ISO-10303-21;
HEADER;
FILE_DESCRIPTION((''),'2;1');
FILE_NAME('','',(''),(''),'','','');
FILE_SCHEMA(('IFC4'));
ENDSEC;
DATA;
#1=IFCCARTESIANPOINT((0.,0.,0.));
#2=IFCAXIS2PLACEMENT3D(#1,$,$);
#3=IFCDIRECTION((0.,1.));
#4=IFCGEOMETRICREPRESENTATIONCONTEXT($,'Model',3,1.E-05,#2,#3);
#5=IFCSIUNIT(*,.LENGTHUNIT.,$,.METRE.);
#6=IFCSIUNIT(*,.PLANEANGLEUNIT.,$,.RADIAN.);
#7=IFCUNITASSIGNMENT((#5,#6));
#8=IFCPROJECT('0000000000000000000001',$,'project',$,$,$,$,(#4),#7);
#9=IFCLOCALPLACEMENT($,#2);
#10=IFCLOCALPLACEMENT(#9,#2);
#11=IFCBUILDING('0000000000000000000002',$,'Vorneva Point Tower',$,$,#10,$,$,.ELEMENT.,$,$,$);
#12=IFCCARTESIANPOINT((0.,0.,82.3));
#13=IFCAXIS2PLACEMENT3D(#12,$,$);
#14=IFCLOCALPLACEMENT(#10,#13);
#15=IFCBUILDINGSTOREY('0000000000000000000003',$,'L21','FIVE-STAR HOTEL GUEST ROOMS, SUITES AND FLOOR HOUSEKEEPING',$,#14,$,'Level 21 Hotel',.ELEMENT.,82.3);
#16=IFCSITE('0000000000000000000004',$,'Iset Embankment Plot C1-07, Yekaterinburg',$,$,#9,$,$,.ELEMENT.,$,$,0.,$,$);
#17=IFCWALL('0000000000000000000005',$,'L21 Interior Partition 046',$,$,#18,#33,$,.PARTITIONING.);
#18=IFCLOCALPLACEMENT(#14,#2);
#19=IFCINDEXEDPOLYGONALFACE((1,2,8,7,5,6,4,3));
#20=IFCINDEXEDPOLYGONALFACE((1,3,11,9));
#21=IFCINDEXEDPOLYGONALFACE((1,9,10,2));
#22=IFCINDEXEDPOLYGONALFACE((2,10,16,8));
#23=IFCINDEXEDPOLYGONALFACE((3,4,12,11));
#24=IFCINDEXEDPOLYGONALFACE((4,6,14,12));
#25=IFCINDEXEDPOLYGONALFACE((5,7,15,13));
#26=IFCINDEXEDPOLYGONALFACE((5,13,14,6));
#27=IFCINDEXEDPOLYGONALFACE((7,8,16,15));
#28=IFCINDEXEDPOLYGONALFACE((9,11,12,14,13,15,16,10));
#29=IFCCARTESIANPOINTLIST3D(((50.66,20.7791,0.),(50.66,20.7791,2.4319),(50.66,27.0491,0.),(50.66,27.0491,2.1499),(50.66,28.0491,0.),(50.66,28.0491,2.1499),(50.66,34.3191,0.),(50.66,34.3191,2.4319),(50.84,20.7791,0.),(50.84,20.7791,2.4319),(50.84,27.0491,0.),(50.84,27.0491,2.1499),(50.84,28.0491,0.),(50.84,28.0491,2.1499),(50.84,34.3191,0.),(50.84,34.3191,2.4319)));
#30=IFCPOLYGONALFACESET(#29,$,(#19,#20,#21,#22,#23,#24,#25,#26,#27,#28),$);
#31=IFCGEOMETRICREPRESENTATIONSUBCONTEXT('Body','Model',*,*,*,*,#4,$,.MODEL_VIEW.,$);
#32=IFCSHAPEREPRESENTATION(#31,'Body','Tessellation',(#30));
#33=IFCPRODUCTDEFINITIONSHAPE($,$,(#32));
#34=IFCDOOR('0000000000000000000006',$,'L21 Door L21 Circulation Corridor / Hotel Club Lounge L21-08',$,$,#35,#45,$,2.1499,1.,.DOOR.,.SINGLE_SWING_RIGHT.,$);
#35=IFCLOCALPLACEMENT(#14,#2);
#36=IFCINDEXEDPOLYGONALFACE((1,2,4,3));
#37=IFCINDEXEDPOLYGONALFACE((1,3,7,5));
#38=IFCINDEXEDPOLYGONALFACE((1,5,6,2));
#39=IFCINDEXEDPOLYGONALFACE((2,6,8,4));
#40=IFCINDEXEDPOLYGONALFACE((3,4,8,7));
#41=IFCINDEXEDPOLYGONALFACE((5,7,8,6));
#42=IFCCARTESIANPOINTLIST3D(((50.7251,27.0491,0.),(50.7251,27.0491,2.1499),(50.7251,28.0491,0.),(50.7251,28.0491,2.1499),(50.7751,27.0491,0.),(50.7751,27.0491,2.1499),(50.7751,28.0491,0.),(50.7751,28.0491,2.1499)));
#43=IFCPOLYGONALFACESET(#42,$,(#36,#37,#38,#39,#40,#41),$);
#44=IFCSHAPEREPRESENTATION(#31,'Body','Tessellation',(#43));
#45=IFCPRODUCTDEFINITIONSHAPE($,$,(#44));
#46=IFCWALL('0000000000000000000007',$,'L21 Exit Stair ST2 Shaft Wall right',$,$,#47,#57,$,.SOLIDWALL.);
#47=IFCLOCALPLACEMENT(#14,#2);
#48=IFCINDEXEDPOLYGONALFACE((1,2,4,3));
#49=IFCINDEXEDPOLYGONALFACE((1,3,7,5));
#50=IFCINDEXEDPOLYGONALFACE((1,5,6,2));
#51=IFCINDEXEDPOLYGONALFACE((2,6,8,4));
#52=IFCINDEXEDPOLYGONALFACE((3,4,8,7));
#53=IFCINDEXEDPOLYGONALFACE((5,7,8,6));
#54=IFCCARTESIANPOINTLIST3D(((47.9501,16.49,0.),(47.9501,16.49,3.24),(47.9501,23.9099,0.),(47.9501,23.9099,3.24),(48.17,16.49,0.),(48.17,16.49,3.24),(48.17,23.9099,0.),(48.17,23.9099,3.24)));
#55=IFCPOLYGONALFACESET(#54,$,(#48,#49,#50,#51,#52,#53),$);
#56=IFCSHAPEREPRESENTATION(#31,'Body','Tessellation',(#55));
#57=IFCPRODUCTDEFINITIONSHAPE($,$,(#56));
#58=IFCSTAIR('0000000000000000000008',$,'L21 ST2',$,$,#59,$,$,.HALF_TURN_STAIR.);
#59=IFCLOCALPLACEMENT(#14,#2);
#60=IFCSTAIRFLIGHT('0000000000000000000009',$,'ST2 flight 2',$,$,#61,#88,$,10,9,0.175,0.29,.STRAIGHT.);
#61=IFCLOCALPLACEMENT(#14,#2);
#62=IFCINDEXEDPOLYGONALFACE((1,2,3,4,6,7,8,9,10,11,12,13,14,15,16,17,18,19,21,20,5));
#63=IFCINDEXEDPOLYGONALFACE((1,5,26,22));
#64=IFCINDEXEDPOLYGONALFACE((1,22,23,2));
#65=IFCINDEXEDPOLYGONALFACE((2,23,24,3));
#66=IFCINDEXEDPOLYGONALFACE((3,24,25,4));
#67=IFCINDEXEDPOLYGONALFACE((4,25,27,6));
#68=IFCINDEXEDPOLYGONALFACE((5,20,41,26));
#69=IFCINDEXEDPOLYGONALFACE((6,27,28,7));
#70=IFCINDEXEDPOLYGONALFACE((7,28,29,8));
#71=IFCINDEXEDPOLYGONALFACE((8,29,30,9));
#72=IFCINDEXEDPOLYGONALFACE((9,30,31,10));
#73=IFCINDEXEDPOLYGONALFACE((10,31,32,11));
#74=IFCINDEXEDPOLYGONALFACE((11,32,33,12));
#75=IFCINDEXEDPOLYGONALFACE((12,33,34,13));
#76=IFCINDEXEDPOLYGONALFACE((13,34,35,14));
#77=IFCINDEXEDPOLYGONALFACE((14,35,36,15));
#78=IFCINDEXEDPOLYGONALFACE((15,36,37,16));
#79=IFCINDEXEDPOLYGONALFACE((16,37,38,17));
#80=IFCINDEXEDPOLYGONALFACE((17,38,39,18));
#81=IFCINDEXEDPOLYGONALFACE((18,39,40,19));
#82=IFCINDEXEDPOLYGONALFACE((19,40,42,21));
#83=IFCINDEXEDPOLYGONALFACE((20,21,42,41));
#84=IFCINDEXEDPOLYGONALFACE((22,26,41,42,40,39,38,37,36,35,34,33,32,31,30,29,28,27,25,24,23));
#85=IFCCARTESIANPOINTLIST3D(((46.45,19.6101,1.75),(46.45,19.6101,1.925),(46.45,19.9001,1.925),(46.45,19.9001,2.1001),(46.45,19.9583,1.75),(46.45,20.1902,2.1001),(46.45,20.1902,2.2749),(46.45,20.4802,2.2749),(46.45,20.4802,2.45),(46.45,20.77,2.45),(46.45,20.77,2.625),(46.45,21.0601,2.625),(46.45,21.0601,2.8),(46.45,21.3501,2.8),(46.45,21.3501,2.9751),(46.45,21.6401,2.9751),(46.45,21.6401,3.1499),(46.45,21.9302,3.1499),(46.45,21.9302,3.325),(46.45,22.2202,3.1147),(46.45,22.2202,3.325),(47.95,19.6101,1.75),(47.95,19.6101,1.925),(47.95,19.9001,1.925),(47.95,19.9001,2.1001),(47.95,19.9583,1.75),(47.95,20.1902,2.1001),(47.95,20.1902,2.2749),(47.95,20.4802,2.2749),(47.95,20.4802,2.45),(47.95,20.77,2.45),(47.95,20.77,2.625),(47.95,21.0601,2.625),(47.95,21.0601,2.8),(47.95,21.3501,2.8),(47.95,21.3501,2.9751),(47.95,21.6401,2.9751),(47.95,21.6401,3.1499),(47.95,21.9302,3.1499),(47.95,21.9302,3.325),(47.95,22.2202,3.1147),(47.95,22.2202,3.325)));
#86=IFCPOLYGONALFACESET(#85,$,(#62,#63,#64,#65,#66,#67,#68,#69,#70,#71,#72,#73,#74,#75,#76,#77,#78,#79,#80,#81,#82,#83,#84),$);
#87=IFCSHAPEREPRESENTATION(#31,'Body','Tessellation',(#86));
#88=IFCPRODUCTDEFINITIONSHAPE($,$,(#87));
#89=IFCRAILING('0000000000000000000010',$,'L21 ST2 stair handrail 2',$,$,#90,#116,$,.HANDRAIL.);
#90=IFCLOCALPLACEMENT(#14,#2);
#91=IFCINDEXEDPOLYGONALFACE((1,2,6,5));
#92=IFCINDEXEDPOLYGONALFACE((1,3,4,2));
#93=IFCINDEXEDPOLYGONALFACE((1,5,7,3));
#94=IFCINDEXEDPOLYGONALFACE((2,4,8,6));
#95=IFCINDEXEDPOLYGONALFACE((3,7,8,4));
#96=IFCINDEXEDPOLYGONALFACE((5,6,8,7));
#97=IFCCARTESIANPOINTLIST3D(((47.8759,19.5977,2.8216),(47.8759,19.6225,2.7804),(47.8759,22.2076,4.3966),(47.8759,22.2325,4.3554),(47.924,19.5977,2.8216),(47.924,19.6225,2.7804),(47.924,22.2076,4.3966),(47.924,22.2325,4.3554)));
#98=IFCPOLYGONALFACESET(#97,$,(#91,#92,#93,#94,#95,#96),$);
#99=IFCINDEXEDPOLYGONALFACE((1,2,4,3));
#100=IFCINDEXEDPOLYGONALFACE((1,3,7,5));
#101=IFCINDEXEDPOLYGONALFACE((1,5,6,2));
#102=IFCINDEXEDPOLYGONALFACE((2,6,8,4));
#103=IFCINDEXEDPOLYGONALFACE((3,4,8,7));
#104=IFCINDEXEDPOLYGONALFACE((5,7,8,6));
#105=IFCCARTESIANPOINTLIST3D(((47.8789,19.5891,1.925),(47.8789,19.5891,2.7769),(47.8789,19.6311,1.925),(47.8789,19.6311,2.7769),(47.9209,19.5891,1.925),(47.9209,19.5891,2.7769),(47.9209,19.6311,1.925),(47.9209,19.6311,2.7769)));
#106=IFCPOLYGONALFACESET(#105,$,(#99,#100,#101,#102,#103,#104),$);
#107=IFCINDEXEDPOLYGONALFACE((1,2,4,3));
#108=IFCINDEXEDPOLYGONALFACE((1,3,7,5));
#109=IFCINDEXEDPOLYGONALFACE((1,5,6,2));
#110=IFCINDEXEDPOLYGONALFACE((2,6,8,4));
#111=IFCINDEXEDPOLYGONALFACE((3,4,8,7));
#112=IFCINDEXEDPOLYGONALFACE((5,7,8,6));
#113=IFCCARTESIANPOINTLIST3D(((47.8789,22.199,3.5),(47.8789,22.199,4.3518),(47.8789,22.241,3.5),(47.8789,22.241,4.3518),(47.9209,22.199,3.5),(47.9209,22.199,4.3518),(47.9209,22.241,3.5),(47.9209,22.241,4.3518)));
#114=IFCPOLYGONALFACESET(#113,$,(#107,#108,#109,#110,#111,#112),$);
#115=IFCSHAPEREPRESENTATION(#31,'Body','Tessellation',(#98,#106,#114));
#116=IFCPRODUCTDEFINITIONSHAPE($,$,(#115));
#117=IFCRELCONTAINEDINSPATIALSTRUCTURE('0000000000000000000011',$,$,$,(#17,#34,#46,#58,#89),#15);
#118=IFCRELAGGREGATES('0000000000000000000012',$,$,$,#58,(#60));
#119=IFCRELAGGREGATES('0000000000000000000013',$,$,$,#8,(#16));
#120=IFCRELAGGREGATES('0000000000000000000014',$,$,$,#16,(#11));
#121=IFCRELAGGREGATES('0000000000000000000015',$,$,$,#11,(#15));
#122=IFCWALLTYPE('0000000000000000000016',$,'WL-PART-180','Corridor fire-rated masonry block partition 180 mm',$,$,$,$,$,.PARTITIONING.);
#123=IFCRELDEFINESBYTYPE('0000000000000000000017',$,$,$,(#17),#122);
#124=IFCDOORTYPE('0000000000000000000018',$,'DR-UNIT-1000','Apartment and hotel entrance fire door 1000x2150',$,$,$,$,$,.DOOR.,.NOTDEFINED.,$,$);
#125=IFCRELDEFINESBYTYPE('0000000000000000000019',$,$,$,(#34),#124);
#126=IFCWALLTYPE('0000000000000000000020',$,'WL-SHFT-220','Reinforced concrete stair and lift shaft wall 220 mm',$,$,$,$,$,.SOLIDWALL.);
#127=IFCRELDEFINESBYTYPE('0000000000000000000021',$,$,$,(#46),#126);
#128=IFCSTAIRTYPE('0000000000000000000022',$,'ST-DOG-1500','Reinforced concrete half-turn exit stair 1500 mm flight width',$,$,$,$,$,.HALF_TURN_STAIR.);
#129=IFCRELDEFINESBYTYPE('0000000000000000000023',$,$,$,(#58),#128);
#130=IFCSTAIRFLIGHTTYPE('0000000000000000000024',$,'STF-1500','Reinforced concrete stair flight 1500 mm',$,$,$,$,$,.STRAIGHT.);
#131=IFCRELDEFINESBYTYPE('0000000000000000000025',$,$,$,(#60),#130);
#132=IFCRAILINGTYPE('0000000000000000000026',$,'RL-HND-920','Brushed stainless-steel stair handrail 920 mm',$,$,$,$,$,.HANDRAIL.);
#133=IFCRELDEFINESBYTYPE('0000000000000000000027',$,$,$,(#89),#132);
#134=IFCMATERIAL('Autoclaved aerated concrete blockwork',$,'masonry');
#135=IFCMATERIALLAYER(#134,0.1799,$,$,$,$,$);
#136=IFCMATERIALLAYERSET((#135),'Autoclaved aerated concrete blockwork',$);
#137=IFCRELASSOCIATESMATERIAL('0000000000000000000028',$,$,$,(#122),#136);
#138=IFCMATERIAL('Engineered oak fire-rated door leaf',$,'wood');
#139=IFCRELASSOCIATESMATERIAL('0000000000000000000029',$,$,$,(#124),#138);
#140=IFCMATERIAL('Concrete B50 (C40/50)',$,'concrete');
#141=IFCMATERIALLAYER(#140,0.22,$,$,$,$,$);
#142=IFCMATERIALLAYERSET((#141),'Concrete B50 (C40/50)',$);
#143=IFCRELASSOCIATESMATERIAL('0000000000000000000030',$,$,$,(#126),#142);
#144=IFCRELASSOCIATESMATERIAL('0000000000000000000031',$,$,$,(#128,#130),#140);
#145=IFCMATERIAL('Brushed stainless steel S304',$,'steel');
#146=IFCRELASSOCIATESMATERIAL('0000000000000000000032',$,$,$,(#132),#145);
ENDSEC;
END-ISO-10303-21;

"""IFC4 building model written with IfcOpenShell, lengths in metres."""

from ifc_helpers import new_model, si_unit, direction, frame, frame_2d, origin, origin_2d, place, context, subcontext, project, spatial, polyline, rectangle, outline, extrude, material, layer, layer_set, type_object, element, fill, aggregate, save


model = new_model("IFC4")

# Units and contexts
model_context = context("Model", 3, precision=1e-05, world=origin(), true_north=direction((0.0, 1.0)))
body_context = subcontext(model_context, "Body", "Model", "MODEL_VIEW")
ifc_project = project(units=[si_unit("LENGTHUNIT", "METRE"), si_unit("PLANEANGLEUNIT", "RADIAN")], contexts=[model_context])

# Site, building, storey
site_placement = place(None, origin())
site = spatial("IfcSite", under=ifc_project, at=site_placement, Name="Iset Embankment Plot C1-07, Yekaterinburg", CompositionType="ELEMENT", RefElevation=0.0)
building_placement = place(site_placement, origin())
building = spatial("IfcBuilding", under=site, at=building_placement, Name="Vorneva Point Tower", CompositionType="ELEMENT")
storey_placement = place(building_placement, frame((0.0, 0.0, 82.3)))
storey = spatial("IfcBuildingStorey", under=building, at=storey_placement, Name="L21", Description="FIVE-STAR HOTEL GUEST ROOMS, SUITES AND FLOOR HOUSEKEEPING", LongName="Level 21 Hotel", CompositionType="ELEMENT", Elevation=82.3)

# Wall, opening, door
ifc_material_1 = material(Name="Autoclaved aerated concrete blockwork", Category="masonry")
ifc_layer_1 = layer(ifc_material_1, 0.1799)
ifc_layer_set_1 = layer_set([ifc_layer_1], Name="Autoclaved aerated concrete blockwork")
wall_type_1 = type_object("IfcWallType", Name="WL-PART-180", Description="Corridor fire-rated masonry block partition 180 mm", PredefinedType="PARTITIONING", material=ifc_layer_set_1)
wall_1_placement = place(storey_placement, frame((50.75, 20.7791, 0.0), z_axis=(0.0, 0.0, 1.0), x_axis=(0.0, 1.0, 0.0)))
wall_1 = element("IfcWall", 1, at=wall_1_placement, inside=storey, type_object=wall_type_1, Name="L21 Interior Partition 046", PredefinedType="PARTITIONING", context=body_context, shape_type="SweptSolid", body=[
    extrude(rectangle(XDim=13.54, YDim=0.1799, at=frame_2d((6.77, 0.0))), origin(), (0.0, 0.0, 1.0), 2.4319),
])
opening_1_placement = place(wall_1_placement, frame((6.27, 0.0, 0.0)))
opening_1 = element("IfcOpeningElement", 2, at=opening_1_placement, cuts=wall_1, PredefinedType="OPENING", context=body_context, shape_type="SweptSolid", body=[
    extrude(rectangle(XDim=1.0, YDim=2.1499, at=frame_2d((0.5, 1.075))), frame((0.0, 0.105, 0.0), z_axis=(0.0, -1.0, 0.0), x_axis=(1.0, 0.0, 0.0)), (0.0, 0.0, 1.0), 0.2097),
])
ifc_material_2 = material(Name="Engineered oak fire-rated door leaf", Category="wood")
door_type_1 = type_object("IfcDoorType", Name="DR-UNIT-1000", Description="Apartment and hotel entrance fire door 1000x2150", OperationType="NOTDEFINED", PredefinedType="DOOR", material=ifc_material_2)
door_1_placement = place(opening_1_placement, origin())
door_1 = element("IfcDoor", 3, at=door_1_placement, inside=storey, type_object=door_type_1, Name="L21 Door L21 Circulation Corridor / Hotel Club Lounge L21-08", OperationType="SINGLE_SWING_RIGHT", OverallHeight=2.1499, OverallWidth=1.0, PredefinedType="DOOR", context=body_context, shape_type="SweptSolid", body=[
    extrude(rectangle(XDim=1.0, YDim=2.1499, at=frame_2d((0.5, 1.075))), frame((0.0, 0.0249, 0.0), z_axis=(0.0, -1.0, 0.0), x_axis=(1.0, 0.0, 0.0)), (0.0, 0.0, 1.0), 0.05),
])
fill(opening_1, door_1)

# Wall
ifc_material_3 = material(Name="Concrete B50 (C40/50)", Category="concrete")
ifc_layer_2 = layer(ifc_material_3, 0.22)
ifc_layer_set_2 = layer_set([ifc_layer_2], Name="Concrete B50 (C40/50)")
wall_type_2 = type_object("IfcWallType", Name="WL-SHFT-220", Description="Reinforced concrete stair and lift shaft wall 220 mm", PredefinedType="SOLIDWALL", material=ifc_layer_set_2)
wall_2_placement = place(storey_placement, frame((48.0601, 23.9099, 0.0), z_axis=(0.0, 0.0, 1.0), x_axis=(0.0, -1.0, 0.0)))
element("IfcWall", 4, at=wall_2_placement, inside=storey, type_object=wall_type_2, Name="L21 Exit Stair ST2 Shaft Wall right", PredefinedType="SOLIDWALL", context=body_context, shape_type="SweptSolid", body=[
    extrude(rectangle(XDim=7.4199, YDim=0.22, at=frame_2d((3.71, 0.0))), origin(), (0.0, 0.0, 1.0), 3.24),
])

# Stair, stair flight
stair_type = type_object("IfcStairType", Name="ST-DOG-1500", Description="Reinforced concrete half-turn exit stair 1500 mm flight width", PredefinedType="HALF_TURN_STAIR", material=ifc_material_3)
stair_placement = place(storey_placement, origin())
stair = element("IfcStair", 5, at=stair_placement, inside=storey, type_object=stair_type, Name="L21 ST2", PredefinedType="HALF_TURN_STAIR")
stair_flight_type = type_object("IfcStairFlightType", Name="STF-1500", Description="Reinforced concrete stair flight 1500 mm", PredefinedType="STRAIGHT", material=ifc_material_3)
stair_flight_placement = place(storey_placement, frame((47.2, 19.6101, 1.75), z_axis=(0.0, 0.0, 1.0), x_axis=(0.0, 1.0, 0.0)))
stair_flight = element("IfcStairFlight", 6, at=stair_flight_placement, type_object=stair_flight_type, Name="ST2 flight 2", NumberOfRisers=10, NumberOfTreads=9, PredefinedType="STRAIGHT", RiserHeight=0.175, TreadLength=0.29, context=body_context, shape_type="SweptSolid", body=[
    extrude(outline(polyline([(0.0, 0.0), (0.0, 0.175), (0.29, 0.175), (0.29, 0.3501), (0.5801, 0.3501), (0.5801, 0.5249), (0.8701, 0.5249), (0.8701, 0.7), (1.1599, 0.7), (1.1599, 0.875), (1.45, 0.875), (1.45, 1.05), (1.74, 1.05), (1.74, 1.2251), (2.03, 1.2251), (2.03, 1.3999), (2.3201, 1.3999), (2.3201, 1.575), (2.6101, 1.575), (2.6101, 1.75), (2.6101, 1.3647), (0.3481, 0.0), (0.0, 0.0)])), frame((0.0, 0.75, 0.0), z_axis=(0.0, -1.0, 0.0), x_axis=(1.0, 0.0, 0.0)), (0.0, 0.0, 1.0), 1.5),
])
aggregate(stair, [stair_flight])

# Railing
ifc_material_4 = material(Name="Brushed stainless steel S304", Category="steel")
railing_type_1 = type_object("IfcRailingType", Name="RL-HND-920", Description="Brushed stainless-steel stair handrail 920 mm", PredefinedType="HANDRAIL", material=ifc_material_4)
railing_1_placement = place(storey_placement, frame((47.8999, 19.6101, 1.925)))
element("IfcRailing", 7, at=railing_1_placement, inside=storey, type_object=railing_type_1, Name="L21 ST2 stair handrail 2", PredefinedType="HANDRAIL", context=body_context, shape_type="SweptSolid", body=[
    extrude(rectangle(XDim=0.0481, YDim=0.0481, at=origin_2d()), frame((0.0, 0.0, 0.876), z_axis=(0.0, 0.856183, 0.516673), x_axis=(-1.0, 0.0, 0.0)), (0.0, 0.0, 1.0), 3.0483),
    extrude(rectangle(XDim=0.042, YDim=0.042, at=origin_2d()), origin(), (0.0, 0.0, 1.0), 0.8518),
    extrude(rectangle(XDim=0.042, YDim=0.042, at=origin_2d()), frame((0.0, 2.6099, 1.575)), (0.0, 0.0, 1.0), 0.8518),
])

save(model, "model.ifc")
